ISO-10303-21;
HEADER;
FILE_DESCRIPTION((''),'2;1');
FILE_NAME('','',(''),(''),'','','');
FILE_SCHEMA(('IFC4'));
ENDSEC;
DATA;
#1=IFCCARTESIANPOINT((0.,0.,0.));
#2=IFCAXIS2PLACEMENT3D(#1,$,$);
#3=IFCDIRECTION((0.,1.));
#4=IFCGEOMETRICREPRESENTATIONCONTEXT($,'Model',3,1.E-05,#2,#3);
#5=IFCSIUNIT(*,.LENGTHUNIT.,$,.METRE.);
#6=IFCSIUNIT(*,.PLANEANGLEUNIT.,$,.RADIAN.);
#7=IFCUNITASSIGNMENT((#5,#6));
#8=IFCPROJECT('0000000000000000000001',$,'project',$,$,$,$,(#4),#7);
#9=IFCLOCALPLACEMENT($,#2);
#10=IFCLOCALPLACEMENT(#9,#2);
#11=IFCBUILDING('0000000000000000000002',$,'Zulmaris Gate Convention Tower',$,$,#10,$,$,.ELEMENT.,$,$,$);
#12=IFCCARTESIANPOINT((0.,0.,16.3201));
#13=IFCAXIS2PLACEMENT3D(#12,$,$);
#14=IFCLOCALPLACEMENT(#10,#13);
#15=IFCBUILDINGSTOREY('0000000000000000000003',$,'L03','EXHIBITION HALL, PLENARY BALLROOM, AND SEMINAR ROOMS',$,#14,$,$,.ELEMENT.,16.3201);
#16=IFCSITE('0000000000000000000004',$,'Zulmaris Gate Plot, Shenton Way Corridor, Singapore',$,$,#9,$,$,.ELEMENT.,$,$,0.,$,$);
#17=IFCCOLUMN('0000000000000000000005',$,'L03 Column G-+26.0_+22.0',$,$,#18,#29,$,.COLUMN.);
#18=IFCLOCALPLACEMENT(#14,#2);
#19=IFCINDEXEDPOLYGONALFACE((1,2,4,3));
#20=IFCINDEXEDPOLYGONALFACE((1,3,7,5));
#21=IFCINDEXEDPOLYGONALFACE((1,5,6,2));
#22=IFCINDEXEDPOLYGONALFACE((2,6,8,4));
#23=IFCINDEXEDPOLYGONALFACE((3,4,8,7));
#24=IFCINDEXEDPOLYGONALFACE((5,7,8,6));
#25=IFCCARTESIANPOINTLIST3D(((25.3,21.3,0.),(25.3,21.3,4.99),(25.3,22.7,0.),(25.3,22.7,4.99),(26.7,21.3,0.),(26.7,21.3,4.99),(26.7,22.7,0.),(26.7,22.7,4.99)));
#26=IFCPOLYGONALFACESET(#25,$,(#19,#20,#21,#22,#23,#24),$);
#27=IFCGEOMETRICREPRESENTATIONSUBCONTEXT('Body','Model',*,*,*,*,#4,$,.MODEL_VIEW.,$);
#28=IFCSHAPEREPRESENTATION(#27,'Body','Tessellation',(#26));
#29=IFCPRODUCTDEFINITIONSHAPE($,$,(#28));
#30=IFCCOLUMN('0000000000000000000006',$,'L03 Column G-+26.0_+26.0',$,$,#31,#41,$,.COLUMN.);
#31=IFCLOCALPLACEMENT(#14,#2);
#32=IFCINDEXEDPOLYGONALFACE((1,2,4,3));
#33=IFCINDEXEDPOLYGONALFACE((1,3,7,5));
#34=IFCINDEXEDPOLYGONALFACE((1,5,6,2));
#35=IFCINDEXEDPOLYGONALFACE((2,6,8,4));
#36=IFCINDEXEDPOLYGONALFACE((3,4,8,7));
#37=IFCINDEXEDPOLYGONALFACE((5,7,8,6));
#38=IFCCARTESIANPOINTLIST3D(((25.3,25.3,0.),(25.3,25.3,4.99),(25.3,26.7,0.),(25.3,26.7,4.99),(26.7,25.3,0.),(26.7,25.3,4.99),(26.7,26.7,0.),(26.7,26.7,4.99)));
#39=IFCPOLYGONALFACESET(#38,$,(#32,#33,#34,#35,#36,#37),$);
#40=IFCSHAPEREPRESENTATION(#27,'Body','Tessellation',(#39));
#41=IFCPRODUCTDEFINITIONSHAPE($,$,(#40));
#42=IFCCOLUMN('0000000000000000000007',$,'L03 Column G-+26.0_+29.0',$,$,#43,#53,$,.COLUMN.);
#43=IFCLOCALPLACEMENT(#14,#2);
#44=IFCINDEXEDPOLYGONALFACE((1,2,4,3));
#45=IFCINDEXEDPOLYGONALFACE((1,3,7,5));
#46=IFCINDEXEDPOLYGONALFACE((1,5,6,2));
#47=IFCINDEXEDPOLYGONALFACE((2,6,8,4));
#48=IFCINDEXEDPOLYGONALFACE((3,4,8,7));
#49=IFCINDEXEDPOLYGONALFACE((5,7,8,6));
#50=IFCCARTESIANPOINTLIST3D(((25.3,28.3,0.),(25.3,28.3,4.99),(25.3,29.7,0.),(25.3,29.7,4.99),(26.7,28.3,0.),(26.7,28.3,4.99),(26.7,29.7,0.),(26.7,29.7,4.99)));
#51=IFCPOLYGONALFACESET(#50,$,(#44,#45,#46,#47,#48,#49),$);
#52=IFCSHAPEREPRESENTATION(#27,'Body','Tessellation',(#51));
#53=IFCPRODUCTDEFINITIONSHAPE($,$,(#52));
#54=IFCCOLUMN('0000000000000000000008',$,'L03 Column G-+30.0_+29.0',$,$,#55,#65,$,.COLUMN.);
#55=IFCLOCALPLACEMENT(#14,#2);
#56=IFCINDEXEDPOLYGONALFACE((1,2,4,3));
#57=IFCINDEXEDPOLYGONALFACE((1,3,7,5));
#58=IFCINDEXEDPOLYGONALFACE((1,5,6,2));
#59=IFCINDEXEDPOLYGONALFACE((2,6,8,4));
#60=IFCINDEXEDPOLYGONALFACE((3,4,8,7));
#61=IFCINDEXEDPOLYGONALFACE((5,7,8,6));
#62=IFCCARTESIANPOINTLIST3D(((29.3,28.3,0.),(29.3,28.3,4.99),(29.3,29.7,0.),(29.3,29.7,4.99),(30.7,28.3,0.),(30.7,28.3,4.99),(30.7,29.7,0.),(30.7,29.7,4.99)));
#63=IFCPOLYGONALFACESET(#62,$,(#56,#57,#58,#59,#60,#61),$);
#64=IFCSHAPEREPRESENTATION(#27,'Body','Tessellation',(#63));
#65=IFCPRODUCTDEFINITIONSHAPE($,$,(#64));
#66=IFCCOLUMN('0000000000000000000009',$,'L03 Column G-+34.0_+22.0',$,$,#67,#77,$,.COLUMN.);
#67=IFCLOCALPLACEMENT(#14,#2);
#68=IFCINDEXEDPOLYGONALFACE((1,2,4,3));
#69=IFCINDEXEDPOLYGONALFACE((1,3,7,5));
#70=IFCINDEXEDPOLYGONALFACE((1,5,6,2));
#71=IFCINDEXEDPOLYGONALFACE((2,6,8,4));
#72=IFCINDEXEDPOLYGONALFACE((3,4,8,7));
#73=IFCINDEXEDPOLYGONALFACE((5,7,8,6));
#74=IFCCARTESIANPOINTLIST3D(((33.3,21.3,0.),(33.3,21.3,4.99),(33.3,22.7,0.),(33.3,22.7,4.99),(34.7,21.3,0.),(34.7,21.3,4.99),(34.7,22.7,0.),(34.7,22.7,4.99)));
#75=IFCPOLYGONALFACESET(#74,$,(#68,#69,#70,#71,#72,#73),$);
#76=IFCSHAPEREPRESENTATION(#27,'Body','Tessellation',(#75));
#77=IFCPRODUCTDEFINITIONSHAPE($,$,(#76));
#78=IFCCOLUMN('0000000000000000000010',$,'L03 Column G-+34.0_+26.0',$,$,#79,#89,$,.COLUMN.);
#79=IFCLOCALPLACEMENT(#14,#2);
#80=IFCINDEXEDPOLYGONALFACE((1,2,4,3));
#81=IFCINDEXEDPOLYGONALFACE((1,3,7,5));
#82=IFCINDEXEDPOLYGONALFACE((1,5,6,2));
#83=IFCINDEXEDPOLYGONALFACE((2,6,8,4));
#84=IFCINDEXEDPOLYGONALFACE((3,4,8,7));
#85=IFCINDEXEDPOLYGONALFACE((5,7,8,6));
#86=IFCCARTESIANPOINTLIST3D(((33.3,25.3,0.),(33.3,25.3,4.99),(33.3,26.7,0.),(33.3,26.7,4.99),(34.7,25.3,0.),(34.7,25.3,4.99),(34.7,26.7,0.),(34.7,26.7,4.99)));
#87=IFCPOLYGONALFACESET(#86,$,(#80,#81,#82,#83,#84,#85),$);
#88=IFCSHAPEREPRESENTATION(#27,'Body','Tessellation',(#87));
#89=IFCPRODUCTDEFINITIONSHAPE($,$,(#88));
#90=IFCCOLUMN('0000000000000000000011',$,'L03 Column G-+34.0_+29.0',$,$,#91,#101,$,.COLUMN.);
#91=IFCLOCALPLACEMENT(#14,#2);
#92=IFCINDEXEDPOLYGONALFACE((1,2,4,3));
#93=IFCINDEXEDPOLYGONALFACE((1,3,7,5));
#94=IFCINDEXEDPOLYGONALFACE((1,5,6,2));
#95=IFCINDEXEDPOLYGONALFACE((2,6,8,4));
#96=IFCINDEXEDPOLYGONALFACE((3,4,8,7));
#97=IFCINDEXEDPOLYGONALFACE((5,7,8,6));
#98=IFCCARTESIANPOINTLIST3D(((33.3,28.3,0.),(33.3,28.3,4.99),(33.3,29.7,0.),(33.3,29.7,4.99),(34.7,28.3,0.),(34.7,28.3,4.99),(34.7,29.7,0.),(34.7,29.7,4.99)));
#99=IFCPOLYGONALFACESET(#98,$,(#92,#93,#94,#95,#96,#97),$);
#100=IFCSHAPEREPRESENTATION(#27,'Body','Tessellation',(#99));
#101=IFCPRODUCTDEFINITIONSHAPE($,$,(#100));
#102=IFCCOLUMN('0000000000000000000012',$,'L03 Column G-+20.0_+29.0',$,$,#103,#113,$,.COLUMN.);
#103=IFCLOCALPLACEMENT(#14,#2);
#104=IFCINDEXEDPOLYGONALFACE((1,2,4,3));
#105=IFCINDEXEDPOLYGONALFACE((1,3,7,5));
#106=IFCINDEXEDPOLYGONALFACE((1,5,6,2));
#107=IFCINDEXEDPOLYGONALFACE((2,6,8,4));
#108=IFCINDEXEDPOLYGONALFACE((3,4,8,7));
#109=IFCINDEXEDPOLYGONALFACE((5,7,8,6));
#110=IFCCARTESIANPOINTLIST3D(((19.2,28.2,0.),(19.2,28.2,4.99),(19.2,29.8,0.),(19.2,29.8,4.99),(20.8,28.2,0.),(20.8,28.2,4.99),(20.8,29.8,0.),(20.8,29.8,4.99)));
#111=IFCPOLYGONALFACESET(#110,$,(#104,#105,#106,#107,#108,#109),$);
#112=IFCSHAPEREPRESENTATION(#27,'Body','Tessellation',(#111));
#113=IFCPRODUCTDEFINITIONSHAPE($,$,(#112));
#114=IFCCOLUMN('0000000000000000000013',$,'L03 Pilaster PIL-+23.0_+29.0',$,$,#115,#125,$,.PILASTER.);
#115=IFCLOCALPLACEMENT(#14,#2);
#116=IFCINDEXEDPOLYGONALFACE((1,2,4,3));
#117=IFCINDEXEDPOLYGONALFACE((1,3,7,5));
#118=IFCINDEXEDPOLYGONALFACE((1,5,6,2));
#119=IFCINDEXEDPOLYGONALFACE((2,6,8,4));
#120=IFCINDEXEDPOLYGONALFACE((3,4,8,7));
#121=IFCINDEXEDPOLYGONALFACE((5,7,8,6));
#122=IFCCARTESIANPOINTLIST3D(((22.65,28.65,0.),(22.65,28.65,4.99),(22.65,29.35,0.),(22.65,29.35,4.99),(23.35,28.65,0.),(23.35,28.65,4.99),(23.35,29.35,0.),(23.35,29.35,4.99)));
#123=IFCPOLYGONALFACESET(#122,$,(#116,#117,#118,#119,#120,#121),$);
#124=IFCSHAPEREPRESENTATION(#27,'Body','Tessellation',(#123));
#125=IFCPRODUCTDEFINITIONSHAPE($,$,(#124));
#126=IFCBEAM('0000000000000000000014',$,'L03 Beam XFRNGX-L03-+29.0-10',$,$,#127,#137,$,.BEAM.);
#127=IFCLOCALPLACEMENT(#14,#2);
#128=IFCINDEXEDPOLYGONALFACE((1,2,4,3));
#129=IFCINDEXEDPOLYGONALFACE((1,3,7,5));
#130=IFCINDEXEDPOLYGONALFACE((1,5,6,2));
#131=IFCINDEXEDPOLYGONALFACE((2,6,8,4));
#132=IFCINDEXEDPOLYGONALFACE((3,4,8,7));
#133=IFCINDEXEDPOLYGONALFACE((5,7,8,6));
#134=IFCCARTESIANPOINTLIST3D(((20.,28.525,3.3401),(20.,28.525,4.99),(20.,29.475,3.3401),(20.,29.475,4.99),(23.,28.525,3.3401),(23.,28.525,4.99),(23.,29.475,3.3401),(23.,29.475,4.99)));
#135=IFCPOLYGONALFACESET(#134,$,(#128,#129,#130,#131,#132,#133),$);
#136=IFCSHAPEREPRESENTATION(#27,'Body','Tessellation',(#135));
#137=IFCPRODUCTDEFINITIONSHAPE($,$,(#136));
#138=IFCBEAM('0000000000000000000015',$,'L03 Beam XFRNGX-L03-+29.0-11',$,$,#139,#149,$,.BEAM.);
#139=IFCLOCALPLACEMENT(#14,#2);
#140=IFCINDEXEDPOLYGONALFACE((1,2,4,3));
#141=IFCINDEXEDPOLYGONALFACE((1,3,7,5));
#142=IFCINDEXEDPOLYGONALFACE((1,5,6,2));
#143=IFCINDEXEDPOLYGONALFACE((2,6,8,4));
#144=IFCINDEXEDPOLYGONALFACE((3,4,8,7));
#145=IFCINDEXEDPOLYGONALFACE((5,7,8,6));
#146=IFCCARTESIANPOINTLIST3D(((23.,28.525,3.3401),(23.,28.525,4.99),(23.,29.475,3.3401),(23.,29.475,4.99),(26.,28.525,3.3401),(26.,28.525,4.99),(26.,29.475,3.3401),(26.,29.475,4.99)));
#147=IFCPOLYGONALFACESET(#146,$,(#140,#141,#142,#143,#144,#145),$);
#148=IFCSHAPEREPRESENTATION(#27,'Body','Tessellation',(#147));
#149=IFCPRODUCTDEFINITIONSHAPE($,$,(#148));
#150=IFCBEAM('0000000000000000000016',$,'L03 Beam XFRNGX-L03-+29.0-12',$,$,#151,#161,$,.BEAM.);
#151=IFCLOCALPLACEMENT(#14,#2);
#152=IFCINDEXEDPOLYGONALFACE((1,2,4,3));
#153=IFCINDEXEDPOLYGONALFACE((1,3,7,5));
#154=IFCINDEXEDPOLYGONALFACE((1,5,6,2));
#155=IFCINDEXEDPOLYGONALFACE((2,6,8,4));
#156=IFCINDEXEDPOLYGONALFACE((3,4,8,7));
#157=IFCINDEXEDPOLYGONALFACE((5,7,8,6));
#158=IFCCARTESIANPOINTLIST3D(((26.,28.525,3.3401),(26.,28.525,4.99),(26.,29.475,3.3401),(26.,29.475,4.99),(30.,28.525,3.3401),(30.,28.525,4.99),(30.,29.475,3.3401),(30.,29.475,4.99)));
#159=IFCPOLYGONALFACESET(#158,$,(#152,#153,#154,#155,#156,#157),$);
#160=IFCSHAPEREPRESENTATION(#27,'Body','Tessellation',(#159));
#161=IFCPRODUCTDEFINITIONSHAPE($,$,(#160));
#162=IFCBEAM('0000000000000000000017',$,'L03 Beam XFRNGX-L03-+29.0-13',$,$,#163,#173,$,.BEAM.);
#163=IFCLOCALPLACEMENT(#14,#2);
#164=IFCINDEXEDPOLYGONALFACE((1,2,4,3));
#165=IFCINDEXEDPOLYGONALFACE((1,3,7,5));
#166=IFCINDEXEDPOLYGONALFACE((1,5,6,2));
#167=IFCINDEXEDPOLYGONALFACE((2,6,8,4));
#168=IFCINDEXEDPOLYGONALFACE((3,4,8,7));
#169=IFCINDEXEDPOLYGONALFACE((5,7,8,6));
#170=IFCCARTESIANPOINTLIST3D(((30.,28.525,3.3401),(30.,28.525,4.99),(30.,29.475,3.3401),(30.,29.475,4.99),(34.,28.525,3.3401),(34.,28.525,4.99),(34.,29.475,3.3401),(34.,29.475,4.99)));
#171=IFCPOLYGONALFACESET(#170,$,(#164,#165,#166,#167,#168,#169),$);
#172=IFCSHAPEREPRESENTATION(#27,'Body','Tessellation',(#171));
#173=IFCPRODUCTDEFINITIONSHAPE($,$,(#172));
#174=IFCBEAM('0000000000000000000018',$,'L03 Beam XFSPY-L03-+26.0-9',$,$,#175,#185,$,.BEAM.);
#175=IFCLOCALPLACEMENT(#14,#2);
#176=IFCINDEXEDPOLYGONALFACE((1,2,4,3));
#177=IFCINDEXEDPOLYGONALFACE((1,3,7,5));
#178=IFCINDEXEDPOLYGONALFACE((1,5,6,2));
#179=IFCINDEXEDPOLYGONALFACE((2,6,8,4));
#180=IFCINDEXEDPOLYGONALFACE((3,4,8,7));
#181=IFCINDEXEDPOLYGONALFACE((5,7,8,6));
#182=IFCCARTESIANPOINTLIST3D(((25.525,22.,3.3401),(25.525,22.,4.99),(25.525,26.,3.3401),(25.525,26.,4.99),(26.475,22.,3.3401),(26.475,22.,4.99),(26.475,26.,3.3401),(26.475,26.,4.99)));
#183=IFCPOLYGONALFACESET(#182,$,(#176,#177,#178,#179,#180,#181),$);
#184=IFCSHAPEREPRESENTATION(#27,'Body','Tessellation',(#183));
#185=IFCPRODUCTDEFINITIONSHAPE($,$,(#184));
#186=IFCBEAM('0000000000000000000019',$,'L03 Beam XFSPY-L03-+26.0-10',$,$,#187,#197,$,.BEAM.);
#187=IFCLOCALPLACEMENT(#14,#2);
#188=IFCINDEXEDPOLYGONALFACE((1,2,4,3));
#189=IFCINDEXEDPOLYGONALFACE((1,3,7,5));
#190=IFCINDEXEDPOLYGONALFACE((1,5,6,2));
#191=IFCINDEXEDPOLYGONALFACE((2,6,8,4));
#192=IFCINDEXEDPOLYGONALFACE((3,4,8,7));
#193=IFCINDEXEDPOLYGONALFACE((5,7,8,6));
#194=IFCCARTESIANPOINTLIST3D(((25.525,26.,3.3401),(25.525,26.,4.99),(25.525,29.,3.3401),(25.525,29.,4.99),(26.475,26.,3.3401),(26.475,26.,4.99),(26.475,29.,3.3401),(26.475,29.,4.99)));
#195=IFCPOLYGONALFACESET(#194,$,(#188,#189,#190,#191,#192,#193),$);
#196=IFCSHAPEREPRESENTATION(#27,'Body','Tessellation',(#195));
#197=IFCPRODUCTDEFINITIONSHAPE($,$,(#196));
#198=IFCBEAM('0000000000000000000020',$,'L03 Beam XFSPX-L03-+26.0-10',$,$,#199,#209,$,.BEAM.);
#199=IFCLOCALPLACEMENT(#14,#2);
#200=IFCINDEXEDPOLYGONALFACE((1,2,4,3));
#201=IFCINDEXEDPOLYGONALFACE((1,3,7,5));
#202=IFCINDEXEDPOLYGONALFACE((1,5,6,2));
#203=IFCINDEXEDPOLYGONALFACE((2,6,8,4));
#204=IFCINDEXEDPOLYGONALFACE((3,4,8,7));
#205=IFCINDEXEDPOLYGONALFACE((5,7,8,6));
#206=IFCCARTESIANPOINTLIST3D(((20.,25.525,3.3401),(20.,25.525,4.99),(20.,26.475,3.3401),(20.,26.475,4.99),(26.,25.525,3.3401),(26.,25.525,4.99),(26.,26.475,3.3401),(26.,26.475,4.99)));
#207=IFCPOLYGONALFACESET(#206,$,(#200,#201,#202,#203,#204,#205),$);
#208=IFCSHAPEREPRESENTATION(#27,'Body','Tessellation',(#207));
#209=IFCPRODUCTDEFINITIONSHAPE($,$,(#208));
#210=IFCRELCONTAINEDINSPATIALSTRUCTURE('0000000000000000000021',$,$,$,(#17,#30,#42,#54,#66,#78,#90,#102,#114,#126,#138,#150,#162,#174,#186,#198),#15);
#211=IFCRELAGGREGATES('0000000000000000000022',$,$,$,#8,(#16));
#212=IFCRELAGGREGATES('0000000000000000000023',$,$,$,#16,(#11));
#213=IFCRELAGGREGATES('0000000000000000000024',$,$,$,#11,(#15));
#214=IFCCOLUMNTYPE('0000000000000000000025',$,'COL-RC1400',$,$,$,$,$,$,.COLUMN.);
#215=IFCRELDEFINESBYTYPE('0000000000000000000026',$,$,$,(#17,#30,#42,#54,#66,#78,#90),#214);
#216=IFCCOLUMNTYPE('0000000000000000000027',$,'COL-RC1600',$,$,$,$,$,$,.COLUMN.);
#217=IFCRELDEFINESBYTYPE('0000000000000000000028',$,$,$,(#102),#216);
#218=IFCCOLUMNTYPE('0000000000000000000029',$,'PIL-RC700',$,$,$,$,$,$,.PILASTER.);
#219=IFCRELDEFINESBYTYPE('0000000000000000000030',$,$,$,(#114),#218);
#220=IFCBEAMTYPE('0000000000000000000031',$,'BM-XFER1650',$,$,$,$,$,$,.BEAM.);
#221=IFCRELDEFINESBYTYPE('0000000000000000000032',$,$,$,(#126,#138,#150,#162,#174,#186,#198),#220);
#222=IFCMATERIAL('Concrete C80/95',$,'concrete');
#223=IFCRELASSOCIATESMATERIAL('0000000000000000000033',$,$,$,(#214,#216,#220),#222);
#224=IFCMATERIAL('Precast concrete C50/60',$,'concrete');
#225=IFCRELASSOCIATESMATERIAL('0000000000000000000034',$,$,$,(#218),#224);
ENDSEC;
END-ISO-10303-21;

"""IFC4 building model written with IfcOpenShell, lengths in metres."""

from ifc_helpers import new_model, si_unit, direction, frame, origin, origin_2d, place, context, subcontext, project, spatial, rectangle, extrude, material, material_profile, profile_set, type_object, element, save


model = new_model("IFC4")

# Units and contexts
model_context = context("Model", 3, precision=1e-05, world=origin(), true_north=direction((0.0, 1.0)))
body_context = subcontext(model_context, "Body", "Model", "MODEL_VIEW")
ifc_project = project(units=[si_unit("LENGTHUNIT", "METRE"), si_unit("PLANEANGLEUNIT", "RADIAN")], contexts=[model_context])

# Site, building, storey
site_placement = place(None, origin())
site = spatial("IfcSite", under=ifc_project, at=site_placement, Name="Zulmaris Gate Plot, Shenton Way Corridor, Singapore", CompositionType="ELEMENT", RefElevation=0.0)
building_placement = place(site_placement, origin())
building = spatial("IfcBuilding", under=site, at=building_placement, Name="Zulmaris Gate Convention Tower", CompositionType="ELEMENT")
storey_placement = place(building_placement, frame((0.0, 0.0, 16.3201)))
storey = spatial("IfcBuildingStorey", under=building, at=storey_placement, Name="L03", Description="EXHIBITION HALL, PLENARY BALLROOM, AND SEMINAR ROOMS", CompositionType="ELEMENT", Elevation=16.3201)

# Columns
ifc_material_1 = material(Name="Concrete C80/95", Category="concrete")
ifc_material_profile_1 = material_profile(ifc_material_1, rectangle(XDim=1.3999, YDim=1.3999, at=origin_2d()), Name="RC COL 1400x1400")
ifc_profile_set_1 = profile_set([ifc_material_profile_1], Name="Concrete C80/95")
column_type_1 = type_object("IfcColumnType", Name="COL-RC1400", PredefinedType="COLUMN", material=ifc_profile_set_1)
for number, where, z_axis, x_axis, name in (
    (1, (26.0, 22.0, 0.0), (0.0, 0.0, 1.0), (1.0, 0.0, 0.0), "L03 Column G-+26.0_+22.0"),
    (2, (26.0, 26.0, 0.0), (0.0, 0.0, 1.0), (1.0, 0.0, 0.0), "L03 Column G-+26.0_+26.0"),
    (3, (26.0, 29.0, 0.0), (0.0, 0.0, 1.0), (1.0, 0.0, 0.0), "L03 Column G-+26.0_+29.0"),
    (4, (30.0, 29.0, 0.0), (0.0, 0.0, 1.0), (1.0, 0.0, 0.0), "L03 Column G-+30.0_+29.0"),
    (5, (34.0, 22.0, 0.0), (0.0, 0.0, 1.0), (1.0, 0.0, 0.0), "L03 Column G-+34.0_+22.0"),
    (6, (34.0, 26.0, 0.0), (0.0, 0.0, 1.0), (1.0, 0.0, 0.0), "L03 Column G-+34.0_+26.0"),
    (7, (34.0, 29.0, 0.0), (0.0, 0.0, 1.0), (1.0, 0.0, 0.0), "L03 Column G-+34.0_+29.0"),
):
    element("IfcColumn", number, at=place(storey_placement, frame(where, z_axis=z_axis, x_axis=x_axis)), inside=storey, type_object=column_type_1, Name=name, PredefinedType="COLUMN", context=body_context, shape_type="SweptSolid", body=[
        extrude(rectangle(XDim=1.3999, YDim=1.3999, at=origin_2d()), origin(), (0.0, 0.0, 1.0), 4.99),
    ])
ifc_material_profile_2 = material_profile(ifc_material_1, rectangle(XDim=1.6001, YDim=1.6001, at=origin_2d()), Name="RC COL 1600x1600")
ifc_profile_set_2 = profile_set([ifc_material_profile_2], Name="Concrete C80/95")
column_type_2 = type_object("IfcColumnType", Name="COL-RC1600", PredefinedType="COLUMN", material=ifc_profile_set_2)
column_1_placement = place(storey_placement, frame((20.0, 29.0, 0.0), z_axis=(0.0, 0.0, 1.0), x_axis=(1.0, 0.0, 0.0)))
element("IfcColumn", 8, at=column_1_placement, inside=storey, type_object=column_type_2, Name="L03 Column G-+20.0_+29.0", PredefinedType="COLUMN", context=body_context, shape_type="SweptSolid", body=[
    extrude(rectangle(XDim=1.6001, YDim=1.6001, at=origin_2d()), origin(), (0.0, 0.0, 1.0), 4.99),
])
ifc_material_2 = material(Name="Precast concrete C50/60", Category="concrete")
ifc_material_profile_3 = material_profile(ifc_material_2, rectangle(XDim=0.7, YDim=0.7, at=origin_2d()), Name="RC COL 700x700")
ifc_profile_set_3 = profile_set([ifc_material_profile_3], Name="Precast concrete C50/60")
column_type_3 = type_object("IfcColumnType", Name="PIL-RC700", PredefinedType="PILASTER", material=ifc_profile_set_3)
column_2_placement = place(storey_placement, frame((23.0, 29.0, 0.0), z_axis=(0.0, 0.0, 1.0), x_axis=(1.0, 0.0, 0.0)))
element("IfcColumn", 9, at=column_2_placement, inside=storey, type_object=column_type_3, Name="L03 Pilaster PIL-+23.0_+29.0", PredefinedType="PILASTER", context=body_context, shape_type="SweptSolid", body=[
    extrude(rectangle(XDim=0.7, YDim=0.7, at=origin_2d()), origin(), (0.0, 0.0, 1.0), 4.99),
])

# Beams
ifc_material_profile_4 = material_profile(ifc_material_1, rectangle(XDim=0.95, YDim=1.6499, at=origin_2d()), Name="RC TRANSFER 950x1650")
ifc_profile_set_4 = profile_set([ifc_material_profile_4], Name="Concrete C80/95")
beam_type = type_object("IfcBeamType", Name="BM-XFER1650", PredefinedType="BEAM", material=ifc_profile_set_4)
for number, where, z_axis, x_axis, name in (
    (10, (20.0, 29.0, 4.165), (1.0, 0.0, 0.0), (0.0, 1.0, 0.0), "L03 Beam XFRNGX-L03-+29.0-10"),
    (11, (23.0, 29.0, 4.165), (1.0, 0.0, 0.0), (0.0, 1.0, 0.0), "L03 Beam XFRNGX-L03-+29.0-11"),
):
    element("IfcBeam", number, at=place(storey_placement, frame(where, z_axis=z_axis, x_axis=x_axis)), inside=storey, type_object=beam_type, Name=name, PredefinedType="BEAM", context=body_context, shape_type="SweptSolid", body=[
        extrude(rectangle(XDim=0.95, YDim=1.6499, at=origin_2d()), origin(), (0.0, 0.0, 1.0), 3.0),
    ])
for number, where, z_axis, x_axis, name in (
    (12, (26.0, 29.0, 4.165), (1.0, 0.0, 0.0), (0.0, 1.0, 0.0), "L03 Beam XFRNGX-L03-+29.0-12"),
    (13, (30.0, 29.0, 4.165), (1.0, 0.0, 0.0), (0.0, 1.0, 0.0), "L03 Beam XFRNGX-L03-+29.0-13"),
    (14, (26.0, 22.0, 4.165), (0.0, 1.0, 0.0), (-1.0, 0.0, 0.0), "L03 Beam XFSPY-L03-+26.0-9"),
):
    element("IfcBeam", number, at=place(storey_placement, frame(where, z_axis=z_axis, x_axis=x_axis)), inside=storey, type_object=beam_type, Name=name, PredefinedType="BEAM", context=body_context, shape_type="SweptSolid", body=[
        extrude(rectangle(XDim=0.95, YDim=1.6499, at=origin_2d()), origin(), (0.0, 0.0, 1.0), 4.0),
    ])
beam_1_placement = place(storey_placement, frame((26.0, 26.0, 4.165), z_axis=(0.0, 1.0, 0.0), x_axis=(-1.0, 0.0, 0.0)))
element("IfcBeam", 15, at=beam_1_placement, inside=storey, type_object=beam_type, Name="L03 Beam XFSPY-L03-+26.0-10", PredefinedType="BEAM", context=body_context, shape_type="SweptSolid", body=[
    extrude(rectangle(XDim=0.95, YDim=1.6499, at=origin_2d()), origin(), (0.0, 0.0, 1.0), 3.0),
])
beam_2_placement = place(storey_placement, frame((20.0, 26.0, 4.165), z_axis=(1.0, 0.0, 0.0), x_axis=(0.0, 1.0, 0.0)))
element("IfcBeam", 16, at=beam_2_placement, inside=storey, type_object=beam_type, Name="L03 Beam XFSPX-L03-+26.0-10", PredefinedType="BEAM", context=body_context, shape_type="SweptSolid", body=[
    extrude(rectangle(XDim=0.95, YDim=1.6499, at=origin_2d()), origin(), (0.0, 0.0, 1.0), 6.0),
])

save(model, "model.ifc")
